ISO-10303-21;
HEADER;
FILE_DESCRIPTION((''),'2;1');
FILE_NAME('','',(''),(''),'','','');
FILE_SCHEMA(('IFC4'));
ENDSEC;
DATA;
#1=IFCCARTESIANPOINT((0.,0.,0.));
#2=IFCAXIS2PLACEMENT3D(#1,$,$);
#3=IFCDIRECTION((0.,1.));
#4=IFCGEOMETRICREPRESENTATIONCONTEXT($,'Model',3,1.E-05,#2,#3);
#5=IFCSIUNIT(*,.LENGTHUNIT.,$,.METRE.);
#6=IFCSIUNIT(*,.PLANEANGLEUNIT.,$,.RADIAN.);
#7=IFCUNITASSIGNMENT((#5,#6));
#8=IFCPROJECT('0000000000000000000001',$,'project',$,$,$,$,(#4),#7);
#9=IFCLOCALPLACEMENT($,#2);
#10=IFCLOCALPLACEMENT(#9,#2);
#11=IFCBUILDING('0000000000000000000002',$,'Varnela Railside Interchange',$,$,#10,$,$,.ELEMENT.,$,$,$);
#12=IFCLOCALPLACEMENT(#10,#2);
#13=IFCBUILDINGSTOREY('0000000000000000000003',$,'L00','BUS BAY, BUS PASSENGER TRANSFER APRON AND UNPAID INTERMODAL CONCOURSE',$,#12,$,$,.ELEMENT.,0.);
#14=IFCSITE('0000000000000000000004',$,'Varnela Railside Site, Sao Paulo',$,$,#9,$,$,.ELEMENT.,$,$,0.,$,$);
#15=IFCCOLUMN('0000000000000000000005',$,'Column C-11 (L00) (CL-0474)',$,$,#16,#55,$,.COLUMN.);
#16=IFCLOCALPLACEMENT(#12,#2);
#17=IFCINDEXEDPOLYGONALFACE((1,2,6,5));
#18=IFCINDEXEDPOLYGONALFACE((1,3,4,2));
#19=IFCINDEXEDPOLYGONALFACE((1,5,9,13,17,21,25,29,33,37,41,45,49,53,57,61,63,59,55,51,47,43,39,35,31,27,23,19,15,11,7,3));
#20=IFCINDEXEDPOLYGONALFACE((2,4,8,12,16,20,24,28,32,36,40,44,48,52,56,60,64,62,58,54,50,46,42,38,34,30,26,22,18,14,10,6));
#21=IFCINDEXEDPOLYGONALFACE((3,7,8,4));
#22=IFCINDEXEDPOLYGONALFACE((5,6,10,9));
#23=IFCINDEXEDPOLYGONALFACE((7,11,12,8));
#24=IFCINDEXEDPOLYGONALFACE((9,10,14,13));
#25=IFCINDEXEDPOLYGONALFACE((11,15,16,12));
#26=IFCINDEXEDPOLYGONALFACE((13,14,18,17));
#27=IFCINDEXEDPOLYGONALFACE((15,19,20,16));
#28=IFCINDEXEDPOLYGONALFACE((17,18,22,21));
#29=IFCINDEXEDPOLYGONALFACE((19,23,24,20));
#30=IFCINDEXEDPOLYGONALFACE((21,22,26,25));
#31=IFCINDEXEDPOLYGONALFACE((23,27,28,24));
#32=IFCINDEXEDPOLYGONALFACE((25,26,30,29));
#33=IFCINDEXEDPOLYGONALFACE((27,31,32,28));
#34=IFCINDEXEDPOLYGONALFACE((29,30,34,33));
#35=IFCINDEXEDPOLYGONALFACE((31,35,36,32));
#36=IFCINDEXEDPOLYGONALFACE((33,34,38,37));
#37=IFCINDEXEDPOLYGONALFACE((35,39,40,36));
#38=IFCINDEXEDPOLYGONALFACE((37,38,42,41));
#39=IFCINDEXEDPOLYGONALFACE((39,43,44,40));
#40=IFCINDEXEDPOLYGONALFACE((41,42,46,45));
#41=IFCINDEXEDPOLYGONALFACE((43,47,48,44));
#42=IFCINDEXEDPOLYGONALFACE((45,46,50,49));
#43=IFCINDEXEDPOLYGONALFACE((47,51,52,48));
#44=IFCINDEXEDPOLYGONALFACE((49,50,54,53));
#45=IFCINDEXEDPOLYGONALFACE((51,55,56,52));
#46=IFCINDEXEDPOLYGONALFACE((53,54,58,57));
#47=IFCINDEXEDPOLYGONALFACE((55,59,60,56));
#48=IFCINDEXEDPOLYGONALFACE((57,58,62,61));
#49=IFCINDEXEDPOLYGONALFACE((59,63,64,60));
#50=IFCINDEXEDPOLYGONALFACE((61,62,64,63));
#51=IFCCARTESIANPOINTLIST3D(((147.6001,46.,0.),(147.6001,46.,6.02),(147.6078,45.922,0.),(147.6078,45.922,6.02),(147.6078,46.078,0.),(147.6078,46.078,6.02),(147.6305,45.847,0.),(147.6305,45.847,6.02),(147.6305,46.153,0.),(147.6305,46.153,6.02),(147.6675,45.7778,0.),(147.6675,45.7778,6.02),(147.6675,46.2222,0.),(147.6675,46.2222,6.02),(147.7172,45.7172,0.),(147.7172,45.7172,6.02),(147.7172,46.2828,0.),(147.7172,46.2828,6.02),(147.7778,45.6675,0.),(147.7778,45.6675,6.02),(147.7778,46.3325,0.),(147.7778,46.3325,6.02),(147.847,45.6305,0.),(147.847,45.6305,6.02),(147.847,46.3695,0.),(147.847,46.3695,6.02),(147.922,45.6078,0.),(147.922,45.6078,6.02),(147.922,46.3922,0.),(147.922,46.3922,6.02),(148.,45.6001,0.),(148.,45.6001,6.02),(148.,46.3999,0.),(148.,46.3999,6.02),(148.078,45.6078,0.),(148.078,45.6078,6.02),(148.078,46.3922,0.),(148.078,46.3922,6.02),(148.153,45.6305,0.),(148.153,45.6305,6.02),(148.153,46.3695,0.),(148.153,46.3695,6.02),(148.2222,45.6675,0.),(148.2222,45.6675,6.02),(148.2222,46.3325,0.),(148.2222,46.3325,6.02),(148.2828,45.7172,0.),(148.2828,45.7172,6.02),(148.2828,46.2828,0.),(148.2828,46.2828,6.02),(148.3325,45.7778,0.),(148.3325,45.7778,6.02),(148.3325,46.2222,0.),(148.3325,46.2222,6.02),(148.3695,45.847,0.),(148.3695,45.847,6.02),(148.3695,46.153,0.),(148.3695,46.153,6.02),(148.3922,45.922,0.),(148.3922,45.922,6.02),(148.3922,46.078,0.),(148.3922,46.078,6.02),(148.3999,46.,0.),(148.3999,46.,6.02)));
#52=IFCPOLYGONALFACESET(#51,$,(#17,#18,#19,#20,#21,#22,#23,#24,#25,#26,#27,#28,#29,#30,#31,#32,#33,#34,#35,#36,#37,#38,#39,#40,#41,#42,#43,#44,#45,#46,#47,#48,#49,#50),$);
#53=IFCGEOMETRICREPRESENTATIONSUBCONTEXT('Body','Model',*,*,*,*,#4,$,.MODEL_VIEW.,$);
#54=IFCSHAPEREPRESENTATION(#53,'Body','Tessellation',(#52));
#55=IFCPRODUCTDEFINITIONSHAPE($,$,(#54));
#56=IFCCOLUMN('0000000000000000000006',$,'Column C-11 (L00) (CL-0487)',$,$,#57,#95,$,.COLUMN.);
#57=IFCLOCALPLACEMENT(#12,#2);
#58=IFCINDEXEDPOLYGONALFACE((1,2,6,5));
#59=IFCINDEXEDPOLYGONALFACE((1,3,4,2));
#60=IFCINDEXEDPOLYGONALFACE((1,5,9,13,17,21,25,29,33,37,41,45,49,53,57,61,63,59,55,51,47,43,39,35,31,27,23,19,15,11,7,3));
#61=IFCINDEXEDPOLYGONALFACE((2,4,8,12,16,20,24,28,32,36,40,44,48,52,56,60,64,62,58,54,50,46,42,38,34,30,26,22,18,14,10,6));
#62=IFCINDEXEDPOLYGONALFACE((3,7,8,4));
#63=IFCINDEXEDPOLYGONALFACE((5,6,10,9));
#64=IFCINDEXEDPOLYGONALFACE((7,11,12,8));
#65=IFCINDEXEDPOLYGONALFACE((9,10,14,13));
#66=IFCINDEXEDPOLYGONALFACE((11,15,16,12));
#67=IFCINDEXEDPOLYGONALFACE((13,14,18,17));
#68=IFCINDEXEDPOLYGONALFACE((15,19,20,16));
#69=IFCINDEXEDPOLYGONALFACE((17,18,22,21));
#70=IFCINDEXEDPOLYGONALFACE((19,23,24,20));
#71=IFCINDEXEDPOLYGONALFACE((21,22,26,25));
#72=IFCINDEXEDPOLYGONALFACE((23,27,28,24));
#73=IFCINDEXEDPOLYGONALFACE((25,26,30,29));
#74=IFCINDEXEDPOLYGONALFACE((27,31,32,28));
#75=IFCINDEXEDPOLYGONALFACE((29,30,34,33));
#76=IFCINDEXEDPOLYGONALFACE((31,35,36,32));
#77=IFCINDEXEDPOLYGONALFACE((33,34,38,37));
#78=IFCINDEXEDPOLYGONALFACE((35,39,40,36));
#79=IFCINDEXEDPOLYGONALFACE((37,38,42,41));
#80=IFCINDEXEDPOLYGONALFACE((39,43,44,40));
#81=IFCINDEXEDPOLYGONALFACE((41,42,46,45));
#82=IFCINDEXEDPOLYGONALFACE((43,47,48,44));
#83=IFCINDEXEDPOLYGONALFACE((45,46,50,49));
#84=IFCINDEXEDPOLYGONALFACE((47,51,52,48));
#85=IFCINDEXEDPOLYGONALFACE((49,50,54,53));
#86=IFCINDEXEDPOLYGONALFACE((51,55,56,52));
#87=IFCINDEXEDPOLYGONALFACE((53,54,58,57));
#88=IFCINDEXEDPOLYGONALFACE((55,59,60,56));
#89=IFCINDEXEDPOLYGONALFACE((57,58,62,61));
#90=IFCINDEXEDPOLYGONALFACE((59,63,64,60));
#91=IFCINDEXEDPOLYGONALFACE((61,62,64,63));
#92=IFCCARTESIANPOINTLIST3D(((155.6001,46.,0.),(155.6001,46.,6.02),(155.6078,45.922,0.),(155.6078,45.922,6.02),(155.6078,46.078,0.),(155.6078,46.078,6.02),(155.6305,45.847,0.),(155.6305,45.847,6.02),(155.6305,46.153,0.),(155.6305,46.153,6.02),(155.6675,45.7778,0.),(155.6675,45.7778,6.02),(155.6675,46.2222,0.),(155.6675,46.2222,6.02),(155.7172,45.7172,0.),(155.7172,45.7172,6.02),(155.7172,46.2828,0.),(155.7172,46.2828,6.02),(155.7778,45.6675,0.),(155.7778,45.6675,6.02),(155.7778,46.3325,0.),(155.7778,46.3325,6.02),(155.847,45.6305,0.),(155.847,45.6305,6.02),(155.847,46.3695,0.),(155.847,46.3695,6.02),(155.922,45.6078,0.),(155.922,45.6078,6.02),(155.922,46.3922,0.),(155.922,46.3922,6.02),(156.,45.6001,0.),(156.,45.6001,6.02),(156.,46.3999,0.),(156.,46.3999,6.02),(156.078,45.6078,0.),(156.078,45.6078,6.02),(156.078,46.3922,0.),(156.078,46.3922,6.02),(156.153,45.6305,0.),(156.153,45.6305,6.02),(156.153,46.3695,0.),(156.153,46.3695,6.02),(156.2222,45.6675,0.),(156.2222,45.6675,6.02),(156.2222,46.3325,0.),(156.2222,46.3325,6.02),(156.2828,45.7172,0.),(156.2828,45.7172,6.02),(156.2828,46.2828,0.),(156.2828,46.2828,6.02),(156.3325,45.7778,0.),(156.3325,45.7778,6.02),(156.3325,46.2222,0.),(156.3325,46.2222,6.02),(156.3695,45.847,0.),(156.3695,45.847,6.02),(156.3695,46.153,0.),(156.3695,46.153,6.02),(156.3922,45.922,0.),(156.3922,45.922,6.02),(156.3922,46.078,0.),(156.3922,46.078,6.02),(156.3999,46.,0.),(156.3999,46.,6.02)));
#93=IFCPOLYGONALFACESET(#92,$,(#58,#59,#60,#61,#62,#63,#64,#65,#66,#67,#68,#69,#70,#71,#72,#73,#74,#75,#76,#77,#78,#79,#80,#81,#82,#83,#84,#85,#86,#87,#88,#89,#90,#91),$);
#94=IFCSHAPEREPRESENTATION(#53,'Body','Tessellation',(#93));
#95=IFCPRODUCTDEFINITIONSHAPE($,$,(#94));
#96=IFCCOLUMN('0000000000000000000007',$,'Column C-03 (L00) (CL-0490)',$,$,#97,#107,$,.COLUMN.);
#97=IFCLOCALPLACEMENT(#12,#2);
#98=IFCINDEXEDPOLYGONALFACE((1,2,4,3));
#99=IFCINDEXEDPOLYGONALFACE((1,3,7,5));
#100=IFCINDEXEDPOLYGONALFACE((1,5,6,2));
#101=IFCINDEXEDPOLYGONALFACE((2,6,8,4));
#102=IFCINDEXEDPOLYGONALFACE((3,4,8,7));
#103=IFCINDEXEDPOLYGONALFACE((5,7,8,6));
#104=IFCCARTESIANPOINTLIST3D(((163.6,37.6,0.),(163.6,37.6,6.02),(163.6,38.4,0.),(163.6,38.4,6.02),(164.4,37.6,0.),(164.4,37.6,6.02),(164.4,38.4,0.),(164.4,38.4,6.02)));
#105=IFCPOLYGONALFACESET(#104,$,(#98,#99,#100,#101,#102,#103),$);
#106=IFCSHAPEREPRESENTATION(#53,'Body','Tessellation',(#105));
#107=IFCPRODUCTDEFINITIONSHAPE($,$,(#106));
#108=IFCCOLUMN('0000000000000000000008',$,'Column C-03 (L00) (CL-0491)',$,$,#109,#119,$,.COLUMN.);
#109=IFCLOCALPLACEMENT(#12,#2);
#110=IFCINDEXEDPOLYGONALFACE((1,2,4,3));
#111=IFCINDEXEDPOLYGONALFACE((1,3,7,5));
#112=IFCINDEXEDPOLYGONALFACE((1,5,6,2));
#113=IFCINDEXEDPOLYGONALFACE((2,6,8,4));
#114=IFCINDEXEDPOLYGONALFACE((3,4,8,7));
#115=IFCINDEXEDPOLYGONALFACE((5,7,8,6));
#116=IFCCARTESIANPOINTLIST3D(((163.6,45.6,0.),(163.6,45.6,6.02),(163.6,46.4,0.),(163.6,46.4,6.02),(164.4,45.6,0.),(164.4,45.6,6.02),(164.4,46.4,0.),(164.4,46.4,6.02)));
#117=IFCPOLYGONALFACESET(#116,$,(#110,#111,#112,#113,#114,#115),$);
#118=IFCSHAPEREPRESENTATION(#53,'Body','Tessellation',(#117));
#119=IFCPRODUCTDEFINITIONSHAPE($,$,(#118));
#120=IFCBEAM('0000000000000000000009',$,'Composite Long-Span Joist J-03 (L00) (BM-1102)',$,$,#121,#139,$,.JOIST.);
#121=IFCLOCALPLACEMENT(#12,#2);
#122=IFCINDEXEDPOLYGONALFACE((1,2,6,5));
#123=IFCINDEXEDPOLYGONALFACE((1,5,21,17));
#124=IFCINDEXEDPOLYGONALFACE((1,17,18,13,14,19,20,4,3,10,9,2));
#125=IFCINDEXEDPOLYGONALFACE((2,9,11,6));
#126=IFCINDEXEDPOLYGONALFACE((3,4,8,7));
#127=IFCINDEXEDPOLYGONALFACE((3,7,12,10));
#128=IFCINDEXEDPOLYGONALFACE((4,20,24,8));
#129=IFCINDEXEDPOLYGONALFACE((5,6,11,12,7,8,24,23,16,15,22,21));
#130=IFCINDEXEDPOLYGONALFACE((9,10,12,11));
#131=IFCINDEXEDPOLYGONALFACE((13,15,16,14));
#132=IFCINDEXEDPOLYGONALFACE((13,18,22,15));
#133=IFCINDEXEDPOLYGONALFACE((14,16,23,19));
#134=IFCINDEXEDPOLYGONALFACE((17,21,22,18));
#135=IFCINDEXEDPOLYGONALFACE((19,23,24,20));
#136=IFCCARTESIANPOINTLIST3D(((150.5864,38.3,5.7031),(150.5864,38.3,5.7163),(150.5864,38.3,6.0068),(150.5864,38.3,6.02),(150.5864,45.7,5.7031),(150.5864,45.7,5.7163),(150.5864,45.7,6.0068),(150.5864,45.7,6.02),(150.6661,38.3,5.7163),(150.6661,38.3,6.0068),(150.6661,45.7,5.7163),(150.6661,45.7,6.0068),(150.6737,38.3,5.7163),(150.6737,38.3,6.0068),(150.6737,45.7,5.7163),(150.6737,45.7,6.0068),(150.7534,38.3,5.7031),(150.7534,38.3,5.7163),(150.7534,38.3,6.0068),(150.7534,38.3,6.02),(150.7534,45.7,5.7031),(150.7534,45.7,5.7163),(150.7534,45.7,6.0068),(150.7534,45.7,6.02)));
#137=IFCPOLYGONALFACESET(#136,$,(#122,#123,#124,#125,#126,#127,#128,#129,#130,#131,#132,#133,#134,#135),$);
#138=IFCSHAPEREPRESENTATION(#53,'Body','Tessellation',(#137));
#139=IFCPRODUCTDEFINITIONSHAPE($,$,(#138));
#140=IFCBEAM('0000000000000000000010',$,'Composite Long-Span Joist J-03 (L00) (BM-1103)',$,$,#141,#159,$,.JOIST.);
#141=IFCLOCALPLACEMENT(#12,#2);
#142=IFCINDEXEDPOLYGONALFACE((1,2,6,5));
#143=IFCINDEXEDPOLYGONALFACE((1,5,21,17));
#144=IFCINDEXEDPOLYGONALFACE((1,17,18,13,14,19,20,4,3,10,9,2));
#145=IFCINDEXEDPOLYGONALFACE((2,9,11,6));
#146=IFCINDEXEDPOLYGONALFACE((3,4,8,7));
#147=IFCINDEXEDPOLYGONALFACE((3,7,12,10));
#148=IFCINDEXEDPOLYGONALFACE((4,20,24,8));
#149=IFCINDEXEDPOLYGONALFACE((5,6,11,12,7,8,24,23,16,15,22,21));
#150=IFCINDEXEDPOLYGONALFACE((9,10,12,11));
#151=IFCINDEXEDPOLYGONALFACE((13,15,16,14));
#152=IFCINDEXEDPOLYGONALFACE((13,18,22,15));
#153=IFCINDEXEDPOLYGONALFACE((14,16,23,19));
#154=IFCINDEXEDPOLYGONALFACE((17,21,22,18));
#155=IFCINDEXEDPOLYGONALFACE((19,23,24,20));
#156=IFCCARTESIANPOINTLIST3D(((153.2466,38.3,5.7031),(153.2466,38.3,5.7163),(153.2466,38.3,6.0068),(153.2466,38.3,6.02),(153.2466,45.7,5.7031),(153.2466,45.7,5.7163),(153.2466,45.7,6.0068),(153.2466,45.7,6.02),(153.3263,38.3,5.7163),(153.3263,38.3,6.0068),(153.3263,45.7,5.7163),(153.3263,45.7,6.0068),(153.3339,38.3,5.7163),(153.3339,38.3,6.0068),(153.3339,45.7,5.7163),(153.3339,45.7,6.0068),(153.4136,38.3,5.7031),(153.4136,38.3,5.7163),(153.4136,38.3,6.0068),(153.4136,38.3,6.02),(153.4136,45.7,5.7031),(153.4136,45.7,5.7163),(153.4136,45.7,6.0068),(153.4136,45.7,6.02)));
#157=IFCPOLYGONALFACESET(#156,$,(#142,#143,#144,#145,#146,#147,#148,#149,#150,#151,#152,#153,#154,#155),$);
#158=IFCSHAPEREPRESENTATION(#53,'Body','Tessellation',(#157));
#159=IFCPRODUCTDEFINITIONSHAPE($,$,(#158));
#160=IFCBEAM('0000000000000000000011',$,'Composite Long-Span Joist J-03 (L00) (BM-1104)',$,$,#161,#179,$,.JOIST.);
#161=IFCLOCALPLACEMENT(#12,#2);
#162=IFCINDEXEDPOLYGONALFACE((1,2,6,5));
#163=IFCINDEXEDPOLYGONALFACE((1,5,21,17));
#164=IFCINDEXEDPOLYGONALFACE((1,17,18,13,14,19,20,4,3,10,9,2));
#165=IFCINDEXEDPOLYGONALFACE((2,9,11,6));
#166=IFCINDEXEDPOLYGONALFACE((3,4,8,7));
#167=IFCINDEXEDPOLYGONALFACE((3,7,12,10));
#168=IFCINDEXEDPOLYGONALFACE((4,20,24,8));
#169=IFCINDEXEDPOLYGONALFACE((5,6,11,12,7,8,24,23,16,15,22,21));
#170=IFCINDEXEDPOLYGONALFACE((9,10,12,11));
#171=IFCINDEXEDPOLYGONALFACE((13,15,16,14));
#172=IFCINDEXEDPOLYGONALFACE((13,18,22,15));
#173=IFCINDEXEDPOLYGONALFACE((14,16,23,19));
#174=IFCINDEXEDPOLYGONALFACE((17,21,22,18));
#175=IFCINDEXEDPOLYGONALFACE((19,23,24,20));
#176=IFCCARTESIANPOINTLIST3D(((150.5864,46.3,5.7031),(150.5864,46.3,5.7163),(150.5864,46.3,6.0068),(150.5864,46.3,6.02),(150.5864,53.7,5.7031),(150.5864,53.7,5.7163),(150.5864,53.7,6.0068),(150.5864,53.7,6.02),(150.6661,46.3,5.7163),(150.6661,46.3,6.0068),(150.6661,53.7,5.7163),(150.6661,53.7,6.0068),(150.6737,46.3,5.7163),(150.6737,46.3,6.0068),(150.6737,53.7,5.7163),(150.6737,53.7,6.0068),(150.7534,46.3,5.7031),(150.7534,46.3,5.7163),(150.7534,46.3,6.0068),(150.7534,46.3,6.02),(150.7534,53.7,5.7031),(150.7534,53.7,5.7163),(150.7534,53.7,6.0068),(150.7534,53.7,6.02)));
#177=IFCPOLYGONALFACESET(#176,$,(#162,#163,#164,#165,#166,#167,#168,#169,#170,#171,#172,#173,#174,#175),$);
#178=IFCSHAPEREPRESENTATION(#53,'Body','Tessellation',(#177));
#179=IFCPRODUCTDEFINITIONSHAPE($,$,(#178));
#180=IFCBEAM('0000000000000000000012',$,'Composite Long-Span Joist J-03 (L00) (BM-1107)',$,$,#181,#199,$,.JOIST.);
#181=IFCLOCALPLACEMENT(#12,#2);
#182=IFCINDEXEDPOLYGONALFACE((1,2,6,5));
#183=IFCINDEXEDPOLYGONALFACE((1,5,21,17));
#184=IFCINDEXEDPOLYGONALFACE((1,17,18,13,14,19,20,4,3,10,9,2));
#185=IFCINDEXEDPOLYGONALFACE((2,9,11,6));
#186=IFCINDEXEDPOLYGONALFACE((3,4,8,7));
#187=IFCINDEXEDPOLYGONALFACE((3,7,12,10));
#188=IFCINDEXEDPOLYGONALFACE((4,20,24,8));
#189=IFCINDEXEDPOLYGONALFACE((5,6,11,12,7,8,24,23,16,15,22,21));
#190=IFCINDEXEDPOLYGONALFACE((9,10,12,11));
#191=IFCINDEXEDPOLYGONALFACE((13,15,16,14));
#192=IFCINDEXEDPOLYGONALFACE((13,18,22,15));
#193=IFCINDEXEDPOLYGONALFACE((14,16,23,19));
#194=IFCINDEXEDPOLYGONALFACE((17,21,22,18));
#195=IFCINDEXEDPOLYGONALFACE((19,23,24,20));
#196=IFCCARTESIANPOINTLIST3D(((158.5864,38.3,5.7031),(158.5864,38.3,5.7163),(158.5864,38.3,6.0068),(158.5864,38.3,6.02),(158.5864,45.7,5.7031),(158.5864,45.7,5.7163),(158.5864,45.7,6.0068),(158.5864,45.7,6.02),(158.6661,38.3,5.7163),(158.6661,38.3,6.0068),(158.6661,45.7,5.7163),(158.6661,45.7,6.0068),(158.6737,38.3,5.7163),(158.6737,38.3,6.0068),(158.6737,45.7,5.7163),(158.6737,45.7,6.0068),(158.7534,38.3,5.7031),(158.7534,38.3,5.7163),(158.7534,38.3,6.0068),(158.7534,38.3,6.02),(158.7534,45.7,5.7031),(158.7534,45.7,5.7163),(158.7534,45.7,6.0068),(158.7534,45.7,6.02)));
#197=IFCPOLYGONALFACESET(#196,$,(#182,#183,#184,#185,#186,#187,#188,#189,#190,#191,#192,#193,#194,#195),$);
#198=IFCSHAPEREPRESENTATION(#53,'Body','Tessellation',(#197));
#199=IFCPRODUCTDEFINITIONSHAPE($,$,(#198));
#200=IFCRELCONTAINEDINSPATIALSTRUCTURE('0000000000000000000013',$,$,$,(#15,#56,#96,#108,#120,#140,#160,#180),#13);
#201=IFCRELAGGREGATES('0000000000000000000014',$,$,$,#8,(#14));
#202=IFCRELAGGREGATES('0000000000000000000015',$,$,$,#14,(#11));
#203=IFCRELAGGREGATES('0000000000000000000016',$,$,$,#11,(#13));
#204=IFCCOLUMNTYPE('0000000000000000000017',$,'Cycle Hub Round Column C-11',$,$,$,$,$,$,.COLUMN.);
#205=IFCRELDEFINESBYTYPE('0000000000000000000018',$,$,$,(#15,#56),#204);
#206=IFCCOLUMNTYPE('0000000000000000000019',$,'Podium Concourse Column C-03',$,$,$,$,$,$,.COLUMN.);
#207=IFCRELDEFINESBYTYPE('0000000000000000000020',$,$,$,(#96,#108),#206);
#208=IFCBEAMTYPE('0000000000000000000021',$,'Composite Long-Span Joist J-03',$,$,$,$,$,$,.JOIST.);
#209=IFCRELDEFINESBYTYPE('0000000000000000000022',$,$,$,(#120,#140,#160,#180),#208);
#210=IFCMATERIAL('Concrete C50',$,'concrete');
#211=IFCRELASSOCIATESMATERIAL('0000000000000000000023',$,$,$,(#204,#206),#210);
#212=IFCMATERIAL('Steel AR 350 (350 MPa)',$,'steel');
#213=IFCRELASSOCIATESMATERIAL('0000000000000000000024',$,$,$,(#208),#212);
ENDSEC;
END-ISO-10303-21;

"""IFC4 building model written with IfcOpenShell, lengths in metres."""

from ifc_helpers import new_model, si_unit, direction, frame, origin, origin_2d, place, context, subcontext, project, spatial, rectangle, circle, i_section, extrude, material, material_profile, profile_set, type_object, element, save


model = new_model("IFC4")

# Units and contexts
model_context = context("Model", 3, precision=1e-05, world=origin(), true_north=direction((0.0, 1.0)))
body_context = subcontext(model_context, "Body", "Model", "MODEL_VIEW")
ifc_project = project(units=[si_unit("LENGTHUNIT", "METRE"), si_unit("PLANEANGLEUNIT", "RADIAN")], contexts=[model_context])

# Site, building, storey
site_placement = place(None, origin())
site = spatial("IfcSite", under=ifc_project, at=site_placement, Name="Varnela Railside Site, Sao Paulo", CompositionType="ELEMENT", RefElevation=0.0)
building_placement = place(site_placement, origin())
building = spatial("IfcBuilding", under=site, at=building_placement, Name="Varnela Railside Interchange", CompositionType="ELEMENT")
storey_placement = place(building_placement, origin())
storey = spatial("IfcBuildingStorey", under=building, at=storey_placement, Name="L00", Description="BUS BAY, BUS PASSENGER TRANSFER APRON AND UNPAID INTERMODAL CONCOURSE", CompositionType="ELEMENT", Elevation=0.0)

# Columns
ifc_material_1 = material(Name="Concrete C50", Category="concrete")
ifc_material_profile_1 = material_profile(ifc_material_1, circle(Radius=0.3999, at=origin_2d()), Name="CIRC D800")
ifc_profile_set_1 = profile_set([ifc_material_profile_1], Name="Concrete C50")
column_type_1 = type_object("IfcColumnType", Name="Cycle Hub Round Column C-11", PredefinedType="COLUMN", material=ifc_profile_set_1)
for number, where, z_axis, x_axis, name in (
    (1, (148.0, 46.0, 0.0), (0.0, 0.0, 1.0), (1.0, 0.0, 0.0), "Column C-11 (L00) (CL-0474)"),
    (2, (156.0, 46.0, 0.0), (0.0, 0.0, 1.0), (1.0, 0.0, 0.0), "Column C-11 (L00) (CL-0487)"),
):
    element("IfcColumn", number, at=place(storey_placement, frame(where, z_axis=z_axis, x_axis=x_axis)), inside=storey, type_object=column_type_1, Name=name, PredefinedType="COLUMN", context=body_context, shape_type="SweptSolid", body=[
        extrude(circle(Radius=0.3999, at=origin_2d()), origin(), (0.0, 0.0, 1.0), 6.02),
    ])
ifc_material_profile_2 = material_profile(ifc_material_1, rectangle(XDim=0.8, YDim=0.8, at=origin_2d()), Name="RC 800x800")
ifc_profile_set_2 = profile_set([ifc_material_profile_2], Name="Concrete C50")
column_type_2 = type_object("IfcColumnType", Name="Podium Concourse Column C-03", PredefinedType="COLUMN", material=ifc_profile_set_2)
for number, where, z_axis, x_axis, name in (
    (3, (164.0, 38.0, 0.0), (0.0, 0.0, 1.0), (1.0, 0.0, 0.0), "Column C-03 (L00) (CL-0490)"),
    (4, (164.0, 46.0, 0.0), (0.0, 0.0, 1.0), (1.0, 0.0, 0.0), "Column C-03 (L00) (CL-0491)"),
):
    element("IfcColumn", number, at=place(storey_placement, frame(where, z_axis=z_axis, x_axis=x_axis)), inside=storey, type_object=column_type_2, Name=name, PredefinedType="COLUMN", context=body_context, shape_type="SweptSolid", body=[
        extrude(rectangle(XDim=0.8, YDim=0.8, at=origin_2d()), origin(), (0.0, 0.0, 1.0), 6.02),
    ])

# Beams
ifc_material_2 = material(Name="Steel AR 350 (350 MPa)", Category="steel")
ifc_material_profile_3 = material_profile(ifc_material_2, i_section(OverallWidth=0.167, OverallDepth=0.3169, WebThickness=0.0076, FlangeThickness=0.0132, at=origin_2d()), Name="W310x52")
ifc_profile_set_3 = profile_set([ifc_material_profile_3], Name="Steel AR 350 (350 MPa)")
beam_type_1 = type_object("IfcBeamType", Name="Composite Long-Span Joist J-03", PredefinedType="JOIST", material=ifc_profile_set_3)
for number, where, z_axis, x_axis, name in (
    (5, (150.6699, 38.3, 5.8616), (0.0, 1.0, 0.0), (-1.0, 0.0, 0.0), "Composite Long-Span Joist J-03 (L00) (BM-1102)"),
    (6, (153.3301, 38.3, 5.8616), (0.0, 1.0, 0.0), (-1.0, 0.0, 0.0), "Composite Long-Span Joist J-03 (L00) (BM-1103)"),
    (7, (150.6699, 46.3, 5.8616), (0.0, 1.0, 0.0), (-1.0, 0.0, 0.0), "Composite Long-Span Joist J-03 (L00) (BM-1104)"),
    (8, (158.6699, 38.3, 5.8616), (0.0, 1.0, 0.0), (-1.0, 0.0, 0.0), "Composite Long-Span Joist J-03 (L00) (BM-1107)"),
):
    element("IfcBeam", number, at=place(storey_placement, frame(where, z_axis=z_axis, x_axis=x_axis)), inside=storey, type_object=beam_type_1, Name=name, PredefinedType="JOIST", context=body_context, shape_type="SweptSolid", body=[
        extrude(i_section(OverallWidth=0.167, OverallDepth=0.3169, WebThickness=0.0076, FlangeThickness=0.0132, at=origin_2d()), origin(), (0.0, 0.0, 1.0), 7.3999),
    ])

save(model, "model.ifc")
